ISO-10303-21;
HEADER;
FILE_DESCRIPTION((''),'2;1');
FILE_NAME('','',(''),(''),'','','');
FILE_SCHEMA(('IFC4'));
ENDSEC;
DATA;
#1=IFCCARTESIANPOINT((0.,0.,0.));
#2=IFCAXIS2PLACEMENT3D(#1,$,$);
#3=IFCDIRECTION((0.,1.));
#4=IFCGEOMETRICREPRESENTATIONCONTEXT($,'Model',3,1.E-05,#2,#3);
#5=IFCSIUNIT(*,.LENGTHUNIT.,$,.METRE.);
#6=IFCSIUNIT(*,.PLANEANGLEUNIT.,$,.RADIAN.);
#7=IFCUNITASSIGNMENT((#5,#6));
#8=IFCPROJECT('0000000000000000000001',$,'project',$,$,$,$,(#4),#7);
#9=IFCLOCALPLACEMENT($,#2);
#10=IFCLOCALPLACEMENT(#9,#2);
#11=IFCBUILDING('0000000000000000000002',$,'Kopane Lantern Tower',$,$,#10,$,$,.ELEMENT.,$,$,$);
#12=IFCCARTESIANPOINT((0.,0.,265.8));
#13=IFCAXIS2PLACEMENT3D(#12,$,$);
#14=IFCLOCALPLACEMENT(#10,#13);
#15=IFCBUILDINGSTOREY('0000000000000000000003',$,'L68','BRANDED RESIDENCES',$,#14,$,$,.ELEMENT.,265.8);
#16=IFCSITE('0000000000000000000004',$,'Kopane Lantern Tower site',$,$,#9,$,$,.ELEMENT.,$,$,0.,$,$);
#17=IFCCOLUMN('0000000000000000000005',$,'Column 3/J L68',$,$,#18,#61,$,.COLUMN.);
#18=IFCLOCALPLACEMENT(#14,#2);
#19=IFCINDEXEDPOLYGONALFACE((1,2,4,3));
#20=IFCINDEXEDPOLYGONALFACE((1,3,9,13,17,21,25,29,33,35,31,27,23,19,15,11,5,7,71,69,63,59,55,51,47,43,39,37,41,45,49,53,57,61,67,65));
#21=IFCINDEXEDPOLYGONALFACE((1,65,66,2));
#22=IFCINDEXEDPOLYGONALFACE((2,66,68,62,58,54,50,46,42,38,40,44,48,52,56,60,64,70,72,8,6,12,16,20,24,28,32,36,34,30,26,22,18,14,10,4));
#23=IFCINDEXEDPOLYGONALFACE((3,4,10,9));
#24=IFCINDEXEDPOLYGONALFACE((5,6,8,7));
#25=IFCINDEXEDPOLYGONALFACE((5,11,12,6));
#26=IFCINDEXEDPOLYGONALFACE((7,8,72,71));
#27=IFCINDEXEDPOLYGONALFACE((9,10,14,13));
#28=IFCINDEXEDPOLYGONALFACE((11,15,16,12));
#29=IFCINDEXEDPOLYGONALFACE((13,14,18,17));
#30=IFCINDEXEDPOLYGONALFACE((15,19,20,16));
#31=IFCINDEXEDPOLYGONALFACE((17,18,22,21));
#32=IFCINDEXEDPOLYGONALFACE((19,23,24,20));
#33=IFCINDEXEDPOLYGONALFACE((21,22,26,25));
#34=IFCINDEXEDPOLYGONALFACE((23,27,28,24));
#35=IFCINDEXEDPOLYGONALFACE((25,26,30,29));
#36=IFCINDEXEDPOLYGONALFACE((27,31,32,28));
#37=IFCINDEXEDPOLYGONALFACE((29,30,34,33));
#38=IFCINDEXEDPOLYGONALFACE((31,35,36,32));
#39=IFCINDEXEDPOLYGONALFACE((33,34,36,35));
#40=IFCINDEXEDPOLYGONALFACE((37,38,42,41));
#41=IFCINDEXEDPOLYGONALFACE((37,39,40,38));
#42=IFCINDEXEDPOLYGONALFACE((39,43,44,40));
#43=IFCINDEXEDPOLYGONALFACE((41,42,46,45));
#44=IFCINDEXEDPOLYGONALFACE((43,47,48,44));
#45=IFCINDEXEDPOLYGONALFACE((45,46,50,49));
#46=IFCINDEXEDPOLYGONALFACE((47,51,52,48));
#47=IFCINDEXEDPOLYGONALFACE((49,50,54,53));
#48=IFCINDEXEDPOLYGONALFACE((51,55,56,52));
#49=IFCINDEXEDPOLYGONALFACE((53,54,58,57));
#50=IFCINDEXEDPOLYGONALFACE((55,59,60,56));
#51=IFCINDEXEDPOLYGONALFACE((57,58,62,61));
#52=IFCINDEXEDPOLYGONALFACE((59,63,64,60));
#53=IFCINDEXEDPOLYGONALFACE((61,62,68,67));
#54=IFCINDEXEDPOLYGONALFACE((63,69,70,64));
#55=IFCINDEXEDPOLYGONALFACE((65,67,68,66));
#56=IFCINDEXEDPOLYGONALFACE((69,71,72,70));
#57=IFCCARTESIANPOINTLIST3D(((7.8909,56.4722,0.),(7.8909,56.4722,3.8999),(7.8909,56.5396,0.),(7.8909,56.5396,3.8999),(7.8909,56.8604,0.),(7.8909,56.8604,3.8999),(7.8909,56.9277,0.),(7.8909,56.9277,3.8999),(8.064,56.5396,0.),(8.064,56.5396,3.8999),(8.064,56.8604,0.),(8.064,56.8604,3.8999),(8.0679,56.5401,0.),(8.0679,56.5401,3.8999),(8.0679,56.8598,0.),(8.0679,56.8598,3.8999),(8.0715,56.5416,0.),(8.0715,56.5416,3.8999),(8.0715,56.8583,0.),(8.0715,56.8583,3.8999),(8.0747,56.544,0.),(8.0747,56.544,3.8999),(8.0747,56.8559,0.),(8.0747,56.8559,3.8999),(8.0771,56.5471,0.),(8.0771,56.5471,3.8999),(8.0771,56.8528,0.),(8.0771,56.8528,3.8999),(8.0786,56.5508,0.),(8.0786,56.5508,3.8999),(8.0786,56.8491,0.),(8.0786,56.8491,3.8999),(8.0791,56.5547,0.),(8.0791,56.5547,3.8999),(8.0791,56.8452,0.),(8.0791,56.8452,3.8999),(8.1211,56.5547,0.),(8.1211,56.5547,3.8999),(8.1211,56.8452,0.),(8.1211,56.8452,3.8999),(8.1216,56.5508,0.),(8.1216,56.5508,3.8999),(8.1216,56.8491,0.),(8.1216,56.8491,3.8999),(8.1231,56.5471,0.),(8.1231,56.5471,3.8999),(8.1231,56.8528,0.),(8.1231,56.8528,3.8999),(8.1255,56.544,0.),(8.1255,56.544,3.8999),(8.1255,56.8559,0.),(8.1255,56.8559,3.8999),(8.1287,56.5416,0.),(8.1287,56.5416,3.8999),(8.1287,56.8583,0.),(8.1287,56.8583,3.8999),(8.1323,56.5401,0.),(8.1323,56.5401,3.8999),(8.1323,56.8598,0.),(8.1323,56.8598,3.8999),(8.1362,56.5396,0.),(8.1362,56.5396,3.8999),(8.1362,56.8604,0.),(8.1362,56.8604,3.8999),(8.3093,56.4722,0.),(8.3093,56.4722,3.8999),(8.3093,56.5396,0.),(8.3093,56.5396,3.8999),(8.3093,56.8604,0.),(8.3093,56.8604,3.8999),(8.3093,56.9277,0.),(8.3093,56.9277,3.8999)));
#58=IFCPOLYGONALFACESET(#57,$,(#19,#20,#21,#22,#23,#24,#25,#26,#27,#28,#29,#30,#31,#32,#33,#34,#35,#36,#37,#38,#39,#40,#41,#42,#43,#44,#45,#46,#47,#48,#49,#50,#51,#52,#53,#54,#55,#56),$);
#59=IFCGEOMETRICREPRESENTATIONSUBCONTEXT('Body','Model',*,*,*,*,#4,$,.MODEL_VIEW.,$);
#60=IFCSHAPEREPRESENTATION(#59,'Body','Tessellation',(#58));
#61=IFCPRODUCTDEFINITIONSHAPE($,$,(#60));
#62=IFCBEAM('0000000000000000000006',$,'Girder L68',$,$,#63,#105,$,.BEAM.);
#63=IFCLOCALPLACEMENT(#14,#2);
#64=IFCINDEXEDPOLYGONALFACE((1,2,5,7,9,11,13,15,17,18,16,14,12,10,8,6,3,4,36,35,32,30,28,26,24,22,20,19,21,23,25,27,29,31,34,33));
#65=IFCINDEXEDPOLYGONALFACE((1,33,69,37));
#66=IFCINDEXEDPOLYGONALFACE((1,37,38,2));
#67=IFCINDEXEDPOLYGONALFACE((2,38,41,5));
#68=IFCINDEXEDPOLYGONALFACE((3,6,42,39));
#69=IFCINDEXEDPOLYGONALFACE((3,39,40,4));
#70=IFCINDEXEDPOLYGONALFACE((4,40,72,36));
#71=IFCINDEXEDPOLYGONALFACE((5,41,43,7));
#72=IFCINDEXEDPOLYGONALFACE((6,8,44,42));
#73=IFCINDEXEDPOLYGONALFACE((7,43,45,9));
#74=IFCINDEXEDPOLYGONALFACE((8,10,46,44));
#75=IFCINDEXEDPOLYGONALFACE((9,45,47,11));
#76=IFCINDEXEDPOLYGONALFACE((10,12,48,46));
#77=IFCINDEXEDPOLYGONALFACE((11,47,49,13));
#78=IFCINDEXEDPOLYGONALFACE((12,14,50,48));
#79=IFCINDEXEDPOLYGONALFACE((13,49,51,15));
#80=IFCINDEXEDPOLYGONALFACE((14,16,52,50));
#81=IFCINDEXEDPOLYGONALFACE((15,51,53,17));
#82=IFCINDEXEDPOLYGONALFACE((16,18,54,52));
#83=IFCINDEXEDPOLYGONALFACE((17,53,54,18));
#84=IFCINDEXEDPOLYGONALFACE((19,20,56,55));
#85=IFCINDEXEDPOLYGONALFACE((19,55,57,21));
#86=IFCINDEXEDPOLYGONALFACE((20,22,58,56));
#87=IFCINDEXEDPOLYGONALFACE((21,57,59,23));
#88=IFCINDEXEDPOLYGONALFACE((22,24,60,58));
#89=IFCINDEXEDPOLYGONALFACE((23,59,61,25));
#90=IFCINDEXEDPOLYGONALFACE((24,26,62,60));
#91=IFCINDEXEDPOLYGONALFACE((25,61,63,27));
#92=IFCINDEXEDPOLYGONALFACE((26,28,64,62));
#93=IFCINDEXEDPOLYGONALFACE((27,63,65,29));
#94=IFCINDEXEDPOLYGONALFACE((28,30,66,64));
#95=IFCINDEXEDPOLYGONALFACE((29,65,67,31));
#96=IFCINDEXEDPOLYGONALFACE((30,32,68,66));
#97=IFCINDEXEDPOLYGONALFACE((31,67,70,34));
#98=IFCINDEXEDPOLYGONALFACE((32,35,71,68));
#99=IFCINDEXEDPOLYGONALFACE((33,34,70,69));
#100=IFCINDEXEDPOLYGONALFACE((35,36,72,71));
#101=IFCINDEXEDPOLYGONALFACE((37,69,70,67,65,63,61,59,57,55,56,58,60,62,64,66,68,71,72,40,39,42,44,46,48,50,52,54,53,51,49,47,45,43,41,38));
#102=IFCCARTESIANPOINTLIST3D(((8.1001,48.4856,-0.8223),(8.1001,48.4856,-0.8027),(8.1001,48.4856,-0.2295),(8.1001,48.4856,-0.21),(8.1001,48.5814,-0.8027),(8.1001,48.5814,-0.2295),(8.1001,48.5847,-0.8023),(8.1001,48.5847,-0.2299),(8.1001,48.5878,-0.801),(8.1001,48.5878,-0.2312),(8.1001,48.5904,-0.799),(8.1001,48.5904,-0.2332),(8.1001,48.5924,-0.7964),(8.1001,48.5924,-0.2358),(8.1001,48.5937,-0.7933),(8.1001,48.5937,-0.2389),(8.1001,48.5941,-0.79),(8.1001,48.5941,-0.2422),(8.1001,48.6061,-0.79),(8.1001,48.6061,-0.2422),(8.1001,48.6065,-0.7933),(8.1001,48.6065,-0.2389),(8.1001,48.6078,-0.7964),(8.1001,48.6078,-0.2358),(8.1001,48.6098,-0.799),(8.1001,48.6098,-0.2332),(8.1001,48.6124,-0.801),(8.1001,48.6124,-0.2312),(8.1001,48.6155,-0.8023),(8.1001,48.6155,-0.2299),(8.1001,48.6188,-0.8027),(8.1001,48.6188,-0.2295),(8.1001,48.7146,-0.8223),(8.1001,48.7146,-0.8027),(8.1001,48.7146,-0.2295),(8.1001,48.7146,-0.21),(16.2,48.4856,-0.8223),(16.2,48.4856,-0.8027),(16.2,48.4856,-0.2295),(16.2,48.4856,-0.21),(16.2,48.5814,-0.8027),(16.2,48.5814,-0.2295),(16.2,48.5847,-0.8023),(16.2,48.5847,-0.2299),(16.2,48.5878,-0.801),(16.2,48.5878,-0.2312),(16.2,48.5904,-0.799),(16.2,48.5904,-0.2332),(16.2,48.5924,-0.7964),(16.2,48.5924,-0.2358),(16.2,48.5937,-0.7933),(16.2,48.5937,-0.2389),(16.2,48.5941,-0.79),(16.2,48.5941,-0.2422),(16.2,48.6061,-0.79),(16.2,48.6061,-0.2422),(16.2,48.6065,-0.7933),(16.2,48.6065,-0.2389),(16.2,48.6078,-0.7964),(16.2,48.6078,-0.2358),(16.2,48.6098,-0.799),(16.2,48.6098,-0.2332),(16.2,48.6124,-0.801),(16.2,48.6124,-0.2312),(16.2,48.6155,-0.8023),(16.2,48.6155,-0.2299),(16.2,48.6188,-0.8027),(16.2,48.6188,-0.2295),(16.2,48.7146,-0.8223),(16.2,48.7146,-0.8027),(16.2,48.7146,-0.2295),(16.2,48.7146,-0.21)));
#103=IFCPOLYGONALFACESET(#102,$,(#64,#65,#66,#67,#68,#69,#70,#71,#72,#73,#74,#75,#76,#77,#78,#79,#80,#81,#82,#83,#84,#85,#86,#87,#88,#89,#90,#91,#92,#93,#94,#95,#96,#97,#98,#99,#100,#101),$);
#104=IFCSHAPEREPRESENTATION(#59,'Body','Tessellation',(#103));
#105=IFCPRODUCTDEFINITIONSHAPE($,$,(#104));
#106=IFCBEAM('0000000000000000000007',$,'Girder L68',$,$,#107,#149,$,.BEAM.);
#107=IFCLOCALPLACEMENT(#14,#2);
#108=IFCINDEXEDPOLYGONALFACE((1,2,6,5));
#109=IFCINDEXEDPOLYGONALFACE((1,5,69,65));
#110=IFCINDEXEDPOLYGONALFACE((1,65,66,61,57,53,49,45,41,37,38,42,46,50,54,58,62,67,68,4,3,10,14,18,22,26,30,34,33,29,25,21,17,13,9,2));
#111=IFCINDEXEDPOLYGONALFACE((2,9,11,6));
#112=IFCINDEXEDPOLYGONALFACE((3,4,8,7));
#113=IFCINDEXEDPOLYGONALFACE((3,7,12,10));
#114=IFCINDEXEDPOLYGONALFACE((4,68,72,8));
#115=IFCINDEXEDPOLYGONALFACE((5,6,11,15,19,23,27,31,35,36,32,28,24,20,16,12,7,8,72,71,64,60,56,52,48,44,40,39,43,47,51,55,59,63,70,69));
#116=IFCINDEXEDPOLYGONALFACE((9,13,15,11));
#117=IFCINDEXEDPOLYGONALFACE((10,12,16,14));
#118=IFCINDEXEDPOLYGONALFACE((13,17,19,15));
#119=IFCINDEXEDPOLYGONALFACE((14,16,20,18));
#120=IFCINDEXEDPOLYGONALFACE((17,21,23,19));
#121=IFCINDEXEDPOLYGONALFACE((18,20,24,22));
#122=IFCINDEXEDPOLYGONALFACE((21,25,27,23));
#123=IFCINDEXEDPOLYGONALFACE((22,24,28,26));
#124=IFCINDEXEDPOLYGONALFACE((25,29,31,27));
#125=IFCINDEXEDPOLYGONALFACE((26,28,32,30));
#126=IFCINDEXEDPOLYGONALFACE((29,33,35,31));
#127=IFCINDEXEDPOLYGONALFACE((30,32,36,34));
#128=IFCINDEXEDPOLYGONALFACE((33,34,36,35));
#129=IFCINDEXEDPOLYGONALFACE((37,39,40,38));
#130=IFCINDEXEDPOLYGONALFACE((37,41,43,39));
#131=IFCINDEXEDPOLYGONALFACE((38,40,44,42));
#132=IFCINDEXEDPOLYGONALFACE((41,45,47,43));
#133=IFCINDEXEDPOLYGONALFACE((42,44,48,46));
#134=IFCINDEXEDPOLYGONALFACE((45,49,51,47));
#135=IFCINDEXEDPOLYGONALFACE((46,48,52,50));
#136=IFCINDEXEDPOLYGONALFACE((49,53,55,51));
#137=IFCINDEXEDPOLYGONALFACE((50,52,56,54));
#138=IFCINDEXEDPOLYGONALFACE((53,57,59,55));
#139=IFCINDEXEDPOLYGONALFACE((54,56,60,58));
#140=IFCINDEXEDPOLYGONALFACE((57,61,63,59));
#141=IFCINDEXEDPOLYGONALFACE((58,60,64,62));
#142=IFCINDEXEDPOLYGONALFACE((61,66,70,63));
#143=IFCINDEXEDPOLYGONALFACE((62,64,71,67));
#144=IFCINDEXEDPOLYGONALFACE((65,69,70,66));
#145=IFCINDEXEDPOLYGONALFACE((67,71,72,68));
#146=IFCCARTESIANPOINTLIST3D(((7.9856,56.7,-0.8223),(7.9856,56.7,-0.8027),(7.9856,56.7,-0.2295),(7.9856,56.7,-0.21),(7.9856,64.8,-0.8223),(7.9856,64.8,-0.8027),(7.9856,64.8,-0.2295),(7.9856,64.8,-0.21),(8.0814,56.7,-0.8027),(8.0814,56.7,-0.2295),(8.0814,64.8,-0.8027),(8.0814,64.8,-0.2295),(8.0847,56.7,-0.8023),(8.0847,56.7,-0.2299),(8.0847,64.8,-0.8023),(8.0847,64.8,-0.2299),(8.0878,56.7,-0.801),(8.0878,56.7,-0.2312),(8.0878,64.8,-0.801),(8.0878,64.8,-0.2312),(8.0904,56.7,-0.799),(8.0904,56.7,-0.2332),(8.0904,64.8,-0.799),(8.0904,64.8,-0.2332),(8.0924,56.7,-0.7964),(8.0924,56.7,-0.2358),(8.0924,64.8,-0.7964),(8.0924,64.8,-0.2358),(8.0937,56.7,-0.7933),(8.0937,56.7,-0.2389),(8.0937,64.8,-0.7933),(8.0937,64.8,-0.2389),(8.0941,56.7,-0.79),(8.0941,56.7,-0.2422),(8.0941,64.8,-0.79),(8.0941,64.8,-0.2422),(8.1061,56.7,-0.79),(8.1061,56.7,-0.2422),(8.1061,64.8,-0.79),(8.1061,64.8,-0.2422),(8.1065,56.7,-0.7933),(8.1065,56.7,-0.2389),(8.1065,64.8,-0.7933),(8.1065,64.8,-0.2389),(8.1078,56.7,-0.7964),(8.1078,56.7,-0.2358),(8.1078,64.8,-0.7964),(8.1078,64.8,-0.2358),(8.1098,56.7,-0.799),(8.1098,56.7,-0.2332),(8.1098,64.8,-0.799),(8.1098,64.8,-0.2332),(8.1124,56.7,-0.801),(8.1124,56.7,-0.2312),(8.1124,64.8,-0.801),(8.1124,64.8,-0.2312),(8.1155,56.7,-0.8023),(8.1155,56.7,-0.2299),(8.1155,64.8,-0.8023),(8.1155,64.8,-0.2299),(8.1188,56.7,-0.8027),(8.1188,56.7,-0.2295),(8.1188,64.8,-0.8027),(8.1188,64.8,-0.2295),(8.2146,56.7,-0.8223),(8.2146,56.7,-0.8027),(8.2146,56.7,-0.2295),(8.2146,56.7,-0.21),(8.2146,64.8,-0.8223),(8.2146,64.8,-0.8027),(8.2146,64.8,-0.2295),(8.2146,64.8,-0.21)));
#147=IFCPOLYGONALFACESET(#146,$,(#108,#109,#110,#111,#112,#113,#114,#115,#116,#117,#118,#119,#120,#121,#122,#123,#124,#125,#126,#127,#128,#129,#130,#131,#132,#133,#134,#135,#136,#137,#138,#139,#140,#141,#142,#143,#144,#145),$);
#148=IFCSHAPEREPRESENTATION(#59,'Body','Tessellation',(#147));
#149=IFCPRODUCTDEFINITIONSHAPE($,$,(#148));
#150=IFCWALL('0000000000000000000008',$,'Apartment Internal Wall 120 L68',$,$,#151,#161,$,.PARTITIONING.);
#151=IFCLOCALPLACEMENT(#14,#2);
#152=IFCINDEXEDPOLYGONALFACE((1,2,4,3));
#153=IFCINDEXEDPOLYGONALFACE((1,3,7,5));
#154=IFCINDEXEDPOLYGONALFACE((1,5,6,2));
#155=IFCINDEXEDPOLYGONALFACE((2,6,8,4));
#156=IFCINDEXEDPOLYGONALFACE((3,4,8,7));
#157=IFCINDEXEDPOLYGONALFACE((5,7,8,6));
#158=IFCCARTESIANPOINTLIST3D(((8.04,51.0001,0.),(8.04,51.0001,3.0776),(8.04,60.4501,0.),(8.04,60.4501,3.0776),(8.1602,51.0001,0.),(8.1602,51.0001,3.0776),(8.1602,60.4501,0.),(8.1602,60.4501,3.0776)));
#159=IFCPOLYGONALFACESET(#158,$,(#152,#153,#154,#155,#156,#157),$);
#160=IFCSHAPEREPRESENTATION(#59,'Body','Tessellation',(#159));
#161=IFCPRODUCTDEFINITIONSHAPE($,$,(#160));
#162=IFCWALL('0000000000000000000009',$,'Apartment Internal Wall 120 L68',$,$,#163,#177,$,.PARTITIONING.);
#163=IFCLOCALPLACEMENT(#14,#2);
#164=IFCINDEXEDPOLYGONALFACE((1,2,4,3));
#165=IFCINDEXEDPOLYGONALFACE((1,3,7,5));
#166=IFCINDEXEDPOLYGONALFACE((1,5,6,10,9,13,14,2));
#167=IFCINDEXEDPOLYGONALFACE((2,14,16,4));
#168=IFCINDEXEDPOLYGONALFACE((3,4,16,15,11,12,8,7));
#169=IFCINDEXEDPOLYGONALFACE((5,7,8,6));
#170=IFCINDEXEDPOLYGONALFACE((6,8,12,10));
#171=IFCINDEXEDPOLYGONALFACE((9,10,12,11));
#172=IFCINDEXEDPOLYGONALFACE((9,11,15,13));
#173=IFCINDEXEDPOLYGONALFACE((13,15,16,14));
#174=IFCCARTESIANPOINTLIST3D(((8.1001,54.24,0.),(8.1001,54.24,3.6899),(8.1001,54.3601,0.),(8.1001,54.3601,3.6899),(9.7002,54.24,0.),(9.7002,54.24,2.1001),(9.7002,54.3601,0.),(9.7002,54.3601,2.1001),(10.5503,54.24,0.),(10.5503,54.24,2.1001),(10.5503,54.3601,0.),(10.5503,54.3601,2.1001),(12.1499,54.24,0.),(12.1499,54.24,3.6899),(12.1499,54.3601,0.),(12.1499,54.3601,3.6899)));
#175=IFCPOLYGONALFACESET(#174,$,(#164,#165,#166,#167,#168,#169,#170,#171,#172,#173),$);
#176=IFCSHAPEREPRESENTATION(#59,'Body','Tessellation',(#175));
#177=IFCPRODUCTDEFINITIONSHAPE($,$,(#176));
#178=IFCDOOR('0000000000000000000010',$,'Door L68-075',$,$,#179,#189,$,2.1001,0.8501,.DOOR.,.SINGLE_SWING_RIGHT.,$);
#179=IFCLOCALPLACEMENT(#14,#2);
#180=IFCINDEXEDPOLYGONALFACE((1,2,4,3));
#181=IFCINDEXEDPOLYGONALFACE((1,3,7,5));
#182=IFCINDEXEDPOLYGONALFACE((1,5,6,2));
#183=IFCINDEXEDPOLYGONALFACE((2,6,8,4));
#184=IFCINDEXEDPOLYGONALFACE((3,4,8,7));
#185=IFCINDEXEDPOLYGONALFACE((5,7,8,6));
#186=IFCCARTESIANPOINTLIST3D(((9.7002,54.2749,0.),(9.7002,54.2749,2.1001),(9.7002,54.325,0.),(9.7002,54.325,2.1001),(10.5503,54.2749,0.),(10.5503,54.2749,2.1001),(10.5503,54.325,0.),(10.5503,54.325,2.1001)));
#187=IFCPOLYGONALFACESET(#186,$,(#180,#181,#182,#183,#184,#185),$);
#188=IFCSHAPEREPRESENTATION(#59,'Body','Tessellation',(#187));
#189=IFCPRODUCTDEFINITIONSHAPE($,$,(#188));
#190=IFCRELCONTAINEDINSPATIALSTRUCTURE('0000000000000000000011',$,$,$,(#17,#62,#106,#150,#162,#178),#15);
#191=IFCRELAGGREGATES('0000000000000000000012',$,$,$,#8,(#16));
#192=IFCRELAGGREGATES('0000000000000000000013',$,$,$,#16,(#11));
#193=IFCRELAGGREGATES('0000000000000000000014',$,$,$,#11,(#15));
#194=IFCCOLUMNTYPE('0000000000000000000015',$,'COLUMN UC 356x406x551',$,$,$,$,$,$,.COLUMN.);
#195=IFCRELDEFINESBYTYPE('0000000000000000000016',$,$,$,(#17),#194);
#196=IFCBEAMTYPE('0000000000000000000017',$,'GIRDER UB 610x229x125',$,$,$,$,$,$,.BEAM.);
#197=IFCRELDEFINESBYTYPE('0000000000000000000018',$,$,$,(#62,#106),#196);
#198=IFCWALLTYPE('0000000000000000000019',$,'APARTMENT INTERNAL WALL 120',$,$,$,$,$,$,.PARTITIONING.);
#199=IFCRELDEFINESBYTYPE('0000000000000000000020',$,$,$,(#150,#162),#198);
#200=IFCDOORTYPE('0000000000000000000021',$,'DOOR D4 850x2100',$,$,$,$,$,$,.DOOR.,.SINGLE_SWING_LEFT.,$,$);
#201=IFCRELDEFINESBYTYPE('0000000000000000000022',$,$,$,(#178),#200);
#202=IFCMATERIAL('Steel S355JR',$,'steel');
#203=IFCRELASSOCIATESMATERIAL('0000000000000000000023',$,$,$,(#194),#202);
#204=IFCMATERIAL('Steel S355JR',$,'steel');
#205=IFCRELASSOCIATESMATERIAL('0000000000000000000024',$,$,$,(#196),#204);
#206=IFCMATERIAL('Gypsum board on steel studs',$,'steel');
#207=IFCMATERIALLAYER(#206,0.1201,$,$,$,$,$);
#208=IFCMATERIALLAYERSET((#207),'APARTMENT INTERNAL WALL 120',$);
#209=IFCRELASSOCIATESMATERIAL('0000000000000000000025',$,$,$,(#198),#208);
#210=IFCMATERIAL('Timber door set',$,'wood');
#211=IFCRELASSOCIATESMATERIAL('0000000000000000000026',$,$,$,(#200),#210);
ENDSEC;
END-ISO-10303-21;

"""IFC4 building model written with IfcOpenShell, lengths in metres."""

from ifc_helpers import new_model, si_unit, direction, frame, frame_2d, origin, origin_2d, place, context, subcontext, project, spatial, rectangle, i_section, extrude, material, layer, layer_set, material_profile, profile_set, type_object, element, fill, save


model = new_model("IFC4")

# Units and contexts
model_context = context("Model", 3, precision=1e-05, world=origin(), true_north=direction((0.0, 1.0)))
body_context = subcontext(model_context, "Body", "Model", "MODEL_VIEW")
ifc_project = project(units=[si_unit("LENGTHUNIT", "METRE"), si_unit("PLANEANGLEUNIT", "RADIAN")], contexts=[model_context])

# Site, building, storey
site_placement = place(None, origin())
site = spatial("IfcSite", under=ifc_project, at=site_placement, Name="Kopane Lantern Tower site", CompositionType="ELEMENT", RefElevation=0.0)
building_placement = place(site_placement, origin())
building = spatial("IfcBuilding", under=site, at=building_placement, Name="Kopane Lantern Tower", CompositionType="ELEMENT")
storey_placement = place(building_placement, frame((0.0, 0.0, 265.8)))
storey = spatial("IfcBuildingStorey", under=building, at=storey_placement, Name="L68", Description="BRANDED RESIDENCES", CompositionType="ELEMENT", Elevation=265.8)

# Column
ifc_material_1 = material(Name="Steel S355JR", Category="steel")
ifc_material_profile_1 = material_profile(ifc_material_1, i_section(OverallWidth=0.4185, OverallDepth=0.4556, WebThickness=0.042, FlangeThickness=0.0674, FilletRadius=0.0151, at=origin_2d()), Name="UC 356x406x551")
ifc_profile_set_1 = profile_set([ifc_material_profile_1], Name="Steel S355JR")
column_type = type_object("IfcColumnType", Name="COLUMN UC 356x406x551", PredefinedType="COLUMN", material=ifc_profile_set_1)
column_placement = place(storey_placement, frame((8.1001, 56.7, 0.0), z_axis=(0.0, 0.0, 1.0), x_axis=(1.0, 0.0, 0.0)))
element("IfcColumn", 1, at=column_placement, inside=storey, type_object=column_type, Name="Column 3/J L68", PredefinedType="COLUMN", context=body_context, shape_type="SweptSolid", body=[
    extrude(i_section(OverallWidth=0.4185, OverallDepth=0.4556, WebThickness=0.042, FlangeThickness=0.0674, FilletRadius=0.0151, at=origin_2d()), origin(), (0.0, 0.0, 1.0), 3.8999),
])

# Beams
ifc_material_2 = material(Name="Steel S355JR", Category="steel")
ifc_material_profile_2 = material_profile(ifc_material_2, i_section(OverallWidth=0.229, OverallDepth=0.6123, WebThickness=0.012, FlangeThickness=0.0195, FilletRadius=0.0127, at=origin_2d()), Name="UB 610x229x125")
ifc_profile_set_2 = profile_set([ifc_material_profile_2], Name="Steel S355JR")
beam_type = type_object("IfcBeamType", Name="GIRDER UB 610x229x125", PredefinedType="BEAM", material=ifc_profile_set_2)
beam_1_placement = place(storey_placement, frame((8.1001, 48.6001, -0.5161), z_axis=(1.0, 0.0, 0.0), x_axis=(0.0, 1.0, 0.0)))
element("IfcBeam", 2, at=beam_1_placement, inside=storey, type_object=beam_type, Name="Girder L68", PredefinedType="BEAM", context=body_context, shape_type="SweptSolid", body=[
    extrude(i_section(OverallWidth=0.229, OverallDepth=0.6123, WebThickness=0.012, FlangeThickness=0.0195, FilletRadius=0.0127, at=origin_2d()), origin(), (0.0, 0.0, 1.0), 8.0999),
])
beam_2_placement = place(storey_placement, frame((8.1001, 56.7, -0.5161), z_axis=(0.0, 1.0, 0.0), x_axis=(-1.0, 0.0, 0.0)))
element("IfcBeam", 3, at=beam_2_placement, inside=storey, type_object=beam_type, Name="Girder L68", PredefinedType="BEAM", context=body_context, shape_type="SweptSolid", body=[
    extrude(i_section(OverallWidth=0.229, OverallDepth=0.6123, WebThickness=0.012, FlangeThickness=0.0195, FilletRadius=0.0127, at=origin_2d()), origin(), (0.0, 0.0, 1.0), 8.1001),
])

# Wall
ifc_material_3 = material(Name="Gypsum board on steel studs", Category="steel")
ifc_layer_1 = layer(ifc_material_3, 0.1201)
ifc_layer_set_1 = layer_set([ifc_layer_1], Name="APARTMENT INTERNAL WALL 120")
wall_type_1 = type_object("IfcWallType", Name="APARTMENT INTERNAL WALL 120", PredefinedType="PARTITIONING", material=ifc_layer_set_1)
wall_1_placement = place(storey_placement, frame((8.1001, 51.0, 0.0), z_axis=(0.0, 0.0, 1.0), x_axis=(0.0, 1.0, 0.0)))
element("IfcWall", 4, at=wall_1_placement, inside=storey, type_object=wall_type_1, Name="Apartment Internal Wall 120 L68", PredefinedType="PARTITIONING", context=body_context, shape_type="SweptSolid", body=[
    extrude(rectangle(XDim=9.45, YDim=0.1201, at=frame_2d((4.7251, 0.0))), origin(), (0.0, 0.0, 1.0), 3.0776),
])

# Wall, opening, door
wall_2_placement = place(storey_placement, frame((8.1001, 54.3, 0.0), z_axis=(0.0, 0.0, 1.0), x_axis=(1.0, 0.0, 0.0)))
wall_2 = element("IfcWall", 5, at=wall_2_placement, inside=storey, type_object=wall_type_1, Name="Apartment Internal Wall 120 L68", PredefinedType="PARTITIONING", context=body_context, shape_type="SweptSolid", body=[
    extrude(rectangle(XDim=4.0498, YDim=0.1201, at=frame_2d((2.0249, 0.0))), origin(), (0.0, 0.0, 1.0), 3.6899),
])
opening_1_placement = place(wall_2_placement, frame((1.6001, 0.0, 0.0)))
opening_1 = element("IfcOpeningElement", 6, at=opening_1_placement, cuts=wall_2, PredefinedType="OPENING", context=body_context, shape_type="SweptSolid", body=[
    extrude(rectangle(XDim=0.8501, YDim=2.1001, at=frame_2d((0.425, 1.05))), frame((0.0, 0.0701, 0.0), z_axis=(0.0, -1.0, 0.0), x_axis=(1.0, 0.0, 0.0)), (0.0, 0.0, 1.0), 0.1401),
])
ifc_material_4 = material(Name="Timber door set", Category="wood")
door_type_1 = type_object("IfcDoorType", Name="DOOR D4 850x2100", OperationType="SINGLE_SWING_LEFT", PredefinedType="DOOR", material=ifc_material_4)
door_1_placement = place(opening_1_placement, origin())
door_1 = element("IfcDoor", 7, at=door_1_placement, inside=storey, type_object=door_type_1, Name="Door L68-075", OperationType="SINGLE_SWING_RIGHT", OverallHeight=2.1001, OverallWidth=0.8501, PredefinedType="DOOR", context=body_context, shape_type="SweptSolid", body=[
    extrude(rectangle(XDim=0.8501, YDim=2.1001, at=frame_2d((0.425, 1.05))), frame((0.0, 0.0249, 0.0), z_axis=(0.0, -1.0, 0.0), x_axis=(1.0, 0.0, 0.0)), (0.0, 0.0, 1.0), 0.05),
])
fill(opening_1, door_1)

save(model, "model.ifc")
